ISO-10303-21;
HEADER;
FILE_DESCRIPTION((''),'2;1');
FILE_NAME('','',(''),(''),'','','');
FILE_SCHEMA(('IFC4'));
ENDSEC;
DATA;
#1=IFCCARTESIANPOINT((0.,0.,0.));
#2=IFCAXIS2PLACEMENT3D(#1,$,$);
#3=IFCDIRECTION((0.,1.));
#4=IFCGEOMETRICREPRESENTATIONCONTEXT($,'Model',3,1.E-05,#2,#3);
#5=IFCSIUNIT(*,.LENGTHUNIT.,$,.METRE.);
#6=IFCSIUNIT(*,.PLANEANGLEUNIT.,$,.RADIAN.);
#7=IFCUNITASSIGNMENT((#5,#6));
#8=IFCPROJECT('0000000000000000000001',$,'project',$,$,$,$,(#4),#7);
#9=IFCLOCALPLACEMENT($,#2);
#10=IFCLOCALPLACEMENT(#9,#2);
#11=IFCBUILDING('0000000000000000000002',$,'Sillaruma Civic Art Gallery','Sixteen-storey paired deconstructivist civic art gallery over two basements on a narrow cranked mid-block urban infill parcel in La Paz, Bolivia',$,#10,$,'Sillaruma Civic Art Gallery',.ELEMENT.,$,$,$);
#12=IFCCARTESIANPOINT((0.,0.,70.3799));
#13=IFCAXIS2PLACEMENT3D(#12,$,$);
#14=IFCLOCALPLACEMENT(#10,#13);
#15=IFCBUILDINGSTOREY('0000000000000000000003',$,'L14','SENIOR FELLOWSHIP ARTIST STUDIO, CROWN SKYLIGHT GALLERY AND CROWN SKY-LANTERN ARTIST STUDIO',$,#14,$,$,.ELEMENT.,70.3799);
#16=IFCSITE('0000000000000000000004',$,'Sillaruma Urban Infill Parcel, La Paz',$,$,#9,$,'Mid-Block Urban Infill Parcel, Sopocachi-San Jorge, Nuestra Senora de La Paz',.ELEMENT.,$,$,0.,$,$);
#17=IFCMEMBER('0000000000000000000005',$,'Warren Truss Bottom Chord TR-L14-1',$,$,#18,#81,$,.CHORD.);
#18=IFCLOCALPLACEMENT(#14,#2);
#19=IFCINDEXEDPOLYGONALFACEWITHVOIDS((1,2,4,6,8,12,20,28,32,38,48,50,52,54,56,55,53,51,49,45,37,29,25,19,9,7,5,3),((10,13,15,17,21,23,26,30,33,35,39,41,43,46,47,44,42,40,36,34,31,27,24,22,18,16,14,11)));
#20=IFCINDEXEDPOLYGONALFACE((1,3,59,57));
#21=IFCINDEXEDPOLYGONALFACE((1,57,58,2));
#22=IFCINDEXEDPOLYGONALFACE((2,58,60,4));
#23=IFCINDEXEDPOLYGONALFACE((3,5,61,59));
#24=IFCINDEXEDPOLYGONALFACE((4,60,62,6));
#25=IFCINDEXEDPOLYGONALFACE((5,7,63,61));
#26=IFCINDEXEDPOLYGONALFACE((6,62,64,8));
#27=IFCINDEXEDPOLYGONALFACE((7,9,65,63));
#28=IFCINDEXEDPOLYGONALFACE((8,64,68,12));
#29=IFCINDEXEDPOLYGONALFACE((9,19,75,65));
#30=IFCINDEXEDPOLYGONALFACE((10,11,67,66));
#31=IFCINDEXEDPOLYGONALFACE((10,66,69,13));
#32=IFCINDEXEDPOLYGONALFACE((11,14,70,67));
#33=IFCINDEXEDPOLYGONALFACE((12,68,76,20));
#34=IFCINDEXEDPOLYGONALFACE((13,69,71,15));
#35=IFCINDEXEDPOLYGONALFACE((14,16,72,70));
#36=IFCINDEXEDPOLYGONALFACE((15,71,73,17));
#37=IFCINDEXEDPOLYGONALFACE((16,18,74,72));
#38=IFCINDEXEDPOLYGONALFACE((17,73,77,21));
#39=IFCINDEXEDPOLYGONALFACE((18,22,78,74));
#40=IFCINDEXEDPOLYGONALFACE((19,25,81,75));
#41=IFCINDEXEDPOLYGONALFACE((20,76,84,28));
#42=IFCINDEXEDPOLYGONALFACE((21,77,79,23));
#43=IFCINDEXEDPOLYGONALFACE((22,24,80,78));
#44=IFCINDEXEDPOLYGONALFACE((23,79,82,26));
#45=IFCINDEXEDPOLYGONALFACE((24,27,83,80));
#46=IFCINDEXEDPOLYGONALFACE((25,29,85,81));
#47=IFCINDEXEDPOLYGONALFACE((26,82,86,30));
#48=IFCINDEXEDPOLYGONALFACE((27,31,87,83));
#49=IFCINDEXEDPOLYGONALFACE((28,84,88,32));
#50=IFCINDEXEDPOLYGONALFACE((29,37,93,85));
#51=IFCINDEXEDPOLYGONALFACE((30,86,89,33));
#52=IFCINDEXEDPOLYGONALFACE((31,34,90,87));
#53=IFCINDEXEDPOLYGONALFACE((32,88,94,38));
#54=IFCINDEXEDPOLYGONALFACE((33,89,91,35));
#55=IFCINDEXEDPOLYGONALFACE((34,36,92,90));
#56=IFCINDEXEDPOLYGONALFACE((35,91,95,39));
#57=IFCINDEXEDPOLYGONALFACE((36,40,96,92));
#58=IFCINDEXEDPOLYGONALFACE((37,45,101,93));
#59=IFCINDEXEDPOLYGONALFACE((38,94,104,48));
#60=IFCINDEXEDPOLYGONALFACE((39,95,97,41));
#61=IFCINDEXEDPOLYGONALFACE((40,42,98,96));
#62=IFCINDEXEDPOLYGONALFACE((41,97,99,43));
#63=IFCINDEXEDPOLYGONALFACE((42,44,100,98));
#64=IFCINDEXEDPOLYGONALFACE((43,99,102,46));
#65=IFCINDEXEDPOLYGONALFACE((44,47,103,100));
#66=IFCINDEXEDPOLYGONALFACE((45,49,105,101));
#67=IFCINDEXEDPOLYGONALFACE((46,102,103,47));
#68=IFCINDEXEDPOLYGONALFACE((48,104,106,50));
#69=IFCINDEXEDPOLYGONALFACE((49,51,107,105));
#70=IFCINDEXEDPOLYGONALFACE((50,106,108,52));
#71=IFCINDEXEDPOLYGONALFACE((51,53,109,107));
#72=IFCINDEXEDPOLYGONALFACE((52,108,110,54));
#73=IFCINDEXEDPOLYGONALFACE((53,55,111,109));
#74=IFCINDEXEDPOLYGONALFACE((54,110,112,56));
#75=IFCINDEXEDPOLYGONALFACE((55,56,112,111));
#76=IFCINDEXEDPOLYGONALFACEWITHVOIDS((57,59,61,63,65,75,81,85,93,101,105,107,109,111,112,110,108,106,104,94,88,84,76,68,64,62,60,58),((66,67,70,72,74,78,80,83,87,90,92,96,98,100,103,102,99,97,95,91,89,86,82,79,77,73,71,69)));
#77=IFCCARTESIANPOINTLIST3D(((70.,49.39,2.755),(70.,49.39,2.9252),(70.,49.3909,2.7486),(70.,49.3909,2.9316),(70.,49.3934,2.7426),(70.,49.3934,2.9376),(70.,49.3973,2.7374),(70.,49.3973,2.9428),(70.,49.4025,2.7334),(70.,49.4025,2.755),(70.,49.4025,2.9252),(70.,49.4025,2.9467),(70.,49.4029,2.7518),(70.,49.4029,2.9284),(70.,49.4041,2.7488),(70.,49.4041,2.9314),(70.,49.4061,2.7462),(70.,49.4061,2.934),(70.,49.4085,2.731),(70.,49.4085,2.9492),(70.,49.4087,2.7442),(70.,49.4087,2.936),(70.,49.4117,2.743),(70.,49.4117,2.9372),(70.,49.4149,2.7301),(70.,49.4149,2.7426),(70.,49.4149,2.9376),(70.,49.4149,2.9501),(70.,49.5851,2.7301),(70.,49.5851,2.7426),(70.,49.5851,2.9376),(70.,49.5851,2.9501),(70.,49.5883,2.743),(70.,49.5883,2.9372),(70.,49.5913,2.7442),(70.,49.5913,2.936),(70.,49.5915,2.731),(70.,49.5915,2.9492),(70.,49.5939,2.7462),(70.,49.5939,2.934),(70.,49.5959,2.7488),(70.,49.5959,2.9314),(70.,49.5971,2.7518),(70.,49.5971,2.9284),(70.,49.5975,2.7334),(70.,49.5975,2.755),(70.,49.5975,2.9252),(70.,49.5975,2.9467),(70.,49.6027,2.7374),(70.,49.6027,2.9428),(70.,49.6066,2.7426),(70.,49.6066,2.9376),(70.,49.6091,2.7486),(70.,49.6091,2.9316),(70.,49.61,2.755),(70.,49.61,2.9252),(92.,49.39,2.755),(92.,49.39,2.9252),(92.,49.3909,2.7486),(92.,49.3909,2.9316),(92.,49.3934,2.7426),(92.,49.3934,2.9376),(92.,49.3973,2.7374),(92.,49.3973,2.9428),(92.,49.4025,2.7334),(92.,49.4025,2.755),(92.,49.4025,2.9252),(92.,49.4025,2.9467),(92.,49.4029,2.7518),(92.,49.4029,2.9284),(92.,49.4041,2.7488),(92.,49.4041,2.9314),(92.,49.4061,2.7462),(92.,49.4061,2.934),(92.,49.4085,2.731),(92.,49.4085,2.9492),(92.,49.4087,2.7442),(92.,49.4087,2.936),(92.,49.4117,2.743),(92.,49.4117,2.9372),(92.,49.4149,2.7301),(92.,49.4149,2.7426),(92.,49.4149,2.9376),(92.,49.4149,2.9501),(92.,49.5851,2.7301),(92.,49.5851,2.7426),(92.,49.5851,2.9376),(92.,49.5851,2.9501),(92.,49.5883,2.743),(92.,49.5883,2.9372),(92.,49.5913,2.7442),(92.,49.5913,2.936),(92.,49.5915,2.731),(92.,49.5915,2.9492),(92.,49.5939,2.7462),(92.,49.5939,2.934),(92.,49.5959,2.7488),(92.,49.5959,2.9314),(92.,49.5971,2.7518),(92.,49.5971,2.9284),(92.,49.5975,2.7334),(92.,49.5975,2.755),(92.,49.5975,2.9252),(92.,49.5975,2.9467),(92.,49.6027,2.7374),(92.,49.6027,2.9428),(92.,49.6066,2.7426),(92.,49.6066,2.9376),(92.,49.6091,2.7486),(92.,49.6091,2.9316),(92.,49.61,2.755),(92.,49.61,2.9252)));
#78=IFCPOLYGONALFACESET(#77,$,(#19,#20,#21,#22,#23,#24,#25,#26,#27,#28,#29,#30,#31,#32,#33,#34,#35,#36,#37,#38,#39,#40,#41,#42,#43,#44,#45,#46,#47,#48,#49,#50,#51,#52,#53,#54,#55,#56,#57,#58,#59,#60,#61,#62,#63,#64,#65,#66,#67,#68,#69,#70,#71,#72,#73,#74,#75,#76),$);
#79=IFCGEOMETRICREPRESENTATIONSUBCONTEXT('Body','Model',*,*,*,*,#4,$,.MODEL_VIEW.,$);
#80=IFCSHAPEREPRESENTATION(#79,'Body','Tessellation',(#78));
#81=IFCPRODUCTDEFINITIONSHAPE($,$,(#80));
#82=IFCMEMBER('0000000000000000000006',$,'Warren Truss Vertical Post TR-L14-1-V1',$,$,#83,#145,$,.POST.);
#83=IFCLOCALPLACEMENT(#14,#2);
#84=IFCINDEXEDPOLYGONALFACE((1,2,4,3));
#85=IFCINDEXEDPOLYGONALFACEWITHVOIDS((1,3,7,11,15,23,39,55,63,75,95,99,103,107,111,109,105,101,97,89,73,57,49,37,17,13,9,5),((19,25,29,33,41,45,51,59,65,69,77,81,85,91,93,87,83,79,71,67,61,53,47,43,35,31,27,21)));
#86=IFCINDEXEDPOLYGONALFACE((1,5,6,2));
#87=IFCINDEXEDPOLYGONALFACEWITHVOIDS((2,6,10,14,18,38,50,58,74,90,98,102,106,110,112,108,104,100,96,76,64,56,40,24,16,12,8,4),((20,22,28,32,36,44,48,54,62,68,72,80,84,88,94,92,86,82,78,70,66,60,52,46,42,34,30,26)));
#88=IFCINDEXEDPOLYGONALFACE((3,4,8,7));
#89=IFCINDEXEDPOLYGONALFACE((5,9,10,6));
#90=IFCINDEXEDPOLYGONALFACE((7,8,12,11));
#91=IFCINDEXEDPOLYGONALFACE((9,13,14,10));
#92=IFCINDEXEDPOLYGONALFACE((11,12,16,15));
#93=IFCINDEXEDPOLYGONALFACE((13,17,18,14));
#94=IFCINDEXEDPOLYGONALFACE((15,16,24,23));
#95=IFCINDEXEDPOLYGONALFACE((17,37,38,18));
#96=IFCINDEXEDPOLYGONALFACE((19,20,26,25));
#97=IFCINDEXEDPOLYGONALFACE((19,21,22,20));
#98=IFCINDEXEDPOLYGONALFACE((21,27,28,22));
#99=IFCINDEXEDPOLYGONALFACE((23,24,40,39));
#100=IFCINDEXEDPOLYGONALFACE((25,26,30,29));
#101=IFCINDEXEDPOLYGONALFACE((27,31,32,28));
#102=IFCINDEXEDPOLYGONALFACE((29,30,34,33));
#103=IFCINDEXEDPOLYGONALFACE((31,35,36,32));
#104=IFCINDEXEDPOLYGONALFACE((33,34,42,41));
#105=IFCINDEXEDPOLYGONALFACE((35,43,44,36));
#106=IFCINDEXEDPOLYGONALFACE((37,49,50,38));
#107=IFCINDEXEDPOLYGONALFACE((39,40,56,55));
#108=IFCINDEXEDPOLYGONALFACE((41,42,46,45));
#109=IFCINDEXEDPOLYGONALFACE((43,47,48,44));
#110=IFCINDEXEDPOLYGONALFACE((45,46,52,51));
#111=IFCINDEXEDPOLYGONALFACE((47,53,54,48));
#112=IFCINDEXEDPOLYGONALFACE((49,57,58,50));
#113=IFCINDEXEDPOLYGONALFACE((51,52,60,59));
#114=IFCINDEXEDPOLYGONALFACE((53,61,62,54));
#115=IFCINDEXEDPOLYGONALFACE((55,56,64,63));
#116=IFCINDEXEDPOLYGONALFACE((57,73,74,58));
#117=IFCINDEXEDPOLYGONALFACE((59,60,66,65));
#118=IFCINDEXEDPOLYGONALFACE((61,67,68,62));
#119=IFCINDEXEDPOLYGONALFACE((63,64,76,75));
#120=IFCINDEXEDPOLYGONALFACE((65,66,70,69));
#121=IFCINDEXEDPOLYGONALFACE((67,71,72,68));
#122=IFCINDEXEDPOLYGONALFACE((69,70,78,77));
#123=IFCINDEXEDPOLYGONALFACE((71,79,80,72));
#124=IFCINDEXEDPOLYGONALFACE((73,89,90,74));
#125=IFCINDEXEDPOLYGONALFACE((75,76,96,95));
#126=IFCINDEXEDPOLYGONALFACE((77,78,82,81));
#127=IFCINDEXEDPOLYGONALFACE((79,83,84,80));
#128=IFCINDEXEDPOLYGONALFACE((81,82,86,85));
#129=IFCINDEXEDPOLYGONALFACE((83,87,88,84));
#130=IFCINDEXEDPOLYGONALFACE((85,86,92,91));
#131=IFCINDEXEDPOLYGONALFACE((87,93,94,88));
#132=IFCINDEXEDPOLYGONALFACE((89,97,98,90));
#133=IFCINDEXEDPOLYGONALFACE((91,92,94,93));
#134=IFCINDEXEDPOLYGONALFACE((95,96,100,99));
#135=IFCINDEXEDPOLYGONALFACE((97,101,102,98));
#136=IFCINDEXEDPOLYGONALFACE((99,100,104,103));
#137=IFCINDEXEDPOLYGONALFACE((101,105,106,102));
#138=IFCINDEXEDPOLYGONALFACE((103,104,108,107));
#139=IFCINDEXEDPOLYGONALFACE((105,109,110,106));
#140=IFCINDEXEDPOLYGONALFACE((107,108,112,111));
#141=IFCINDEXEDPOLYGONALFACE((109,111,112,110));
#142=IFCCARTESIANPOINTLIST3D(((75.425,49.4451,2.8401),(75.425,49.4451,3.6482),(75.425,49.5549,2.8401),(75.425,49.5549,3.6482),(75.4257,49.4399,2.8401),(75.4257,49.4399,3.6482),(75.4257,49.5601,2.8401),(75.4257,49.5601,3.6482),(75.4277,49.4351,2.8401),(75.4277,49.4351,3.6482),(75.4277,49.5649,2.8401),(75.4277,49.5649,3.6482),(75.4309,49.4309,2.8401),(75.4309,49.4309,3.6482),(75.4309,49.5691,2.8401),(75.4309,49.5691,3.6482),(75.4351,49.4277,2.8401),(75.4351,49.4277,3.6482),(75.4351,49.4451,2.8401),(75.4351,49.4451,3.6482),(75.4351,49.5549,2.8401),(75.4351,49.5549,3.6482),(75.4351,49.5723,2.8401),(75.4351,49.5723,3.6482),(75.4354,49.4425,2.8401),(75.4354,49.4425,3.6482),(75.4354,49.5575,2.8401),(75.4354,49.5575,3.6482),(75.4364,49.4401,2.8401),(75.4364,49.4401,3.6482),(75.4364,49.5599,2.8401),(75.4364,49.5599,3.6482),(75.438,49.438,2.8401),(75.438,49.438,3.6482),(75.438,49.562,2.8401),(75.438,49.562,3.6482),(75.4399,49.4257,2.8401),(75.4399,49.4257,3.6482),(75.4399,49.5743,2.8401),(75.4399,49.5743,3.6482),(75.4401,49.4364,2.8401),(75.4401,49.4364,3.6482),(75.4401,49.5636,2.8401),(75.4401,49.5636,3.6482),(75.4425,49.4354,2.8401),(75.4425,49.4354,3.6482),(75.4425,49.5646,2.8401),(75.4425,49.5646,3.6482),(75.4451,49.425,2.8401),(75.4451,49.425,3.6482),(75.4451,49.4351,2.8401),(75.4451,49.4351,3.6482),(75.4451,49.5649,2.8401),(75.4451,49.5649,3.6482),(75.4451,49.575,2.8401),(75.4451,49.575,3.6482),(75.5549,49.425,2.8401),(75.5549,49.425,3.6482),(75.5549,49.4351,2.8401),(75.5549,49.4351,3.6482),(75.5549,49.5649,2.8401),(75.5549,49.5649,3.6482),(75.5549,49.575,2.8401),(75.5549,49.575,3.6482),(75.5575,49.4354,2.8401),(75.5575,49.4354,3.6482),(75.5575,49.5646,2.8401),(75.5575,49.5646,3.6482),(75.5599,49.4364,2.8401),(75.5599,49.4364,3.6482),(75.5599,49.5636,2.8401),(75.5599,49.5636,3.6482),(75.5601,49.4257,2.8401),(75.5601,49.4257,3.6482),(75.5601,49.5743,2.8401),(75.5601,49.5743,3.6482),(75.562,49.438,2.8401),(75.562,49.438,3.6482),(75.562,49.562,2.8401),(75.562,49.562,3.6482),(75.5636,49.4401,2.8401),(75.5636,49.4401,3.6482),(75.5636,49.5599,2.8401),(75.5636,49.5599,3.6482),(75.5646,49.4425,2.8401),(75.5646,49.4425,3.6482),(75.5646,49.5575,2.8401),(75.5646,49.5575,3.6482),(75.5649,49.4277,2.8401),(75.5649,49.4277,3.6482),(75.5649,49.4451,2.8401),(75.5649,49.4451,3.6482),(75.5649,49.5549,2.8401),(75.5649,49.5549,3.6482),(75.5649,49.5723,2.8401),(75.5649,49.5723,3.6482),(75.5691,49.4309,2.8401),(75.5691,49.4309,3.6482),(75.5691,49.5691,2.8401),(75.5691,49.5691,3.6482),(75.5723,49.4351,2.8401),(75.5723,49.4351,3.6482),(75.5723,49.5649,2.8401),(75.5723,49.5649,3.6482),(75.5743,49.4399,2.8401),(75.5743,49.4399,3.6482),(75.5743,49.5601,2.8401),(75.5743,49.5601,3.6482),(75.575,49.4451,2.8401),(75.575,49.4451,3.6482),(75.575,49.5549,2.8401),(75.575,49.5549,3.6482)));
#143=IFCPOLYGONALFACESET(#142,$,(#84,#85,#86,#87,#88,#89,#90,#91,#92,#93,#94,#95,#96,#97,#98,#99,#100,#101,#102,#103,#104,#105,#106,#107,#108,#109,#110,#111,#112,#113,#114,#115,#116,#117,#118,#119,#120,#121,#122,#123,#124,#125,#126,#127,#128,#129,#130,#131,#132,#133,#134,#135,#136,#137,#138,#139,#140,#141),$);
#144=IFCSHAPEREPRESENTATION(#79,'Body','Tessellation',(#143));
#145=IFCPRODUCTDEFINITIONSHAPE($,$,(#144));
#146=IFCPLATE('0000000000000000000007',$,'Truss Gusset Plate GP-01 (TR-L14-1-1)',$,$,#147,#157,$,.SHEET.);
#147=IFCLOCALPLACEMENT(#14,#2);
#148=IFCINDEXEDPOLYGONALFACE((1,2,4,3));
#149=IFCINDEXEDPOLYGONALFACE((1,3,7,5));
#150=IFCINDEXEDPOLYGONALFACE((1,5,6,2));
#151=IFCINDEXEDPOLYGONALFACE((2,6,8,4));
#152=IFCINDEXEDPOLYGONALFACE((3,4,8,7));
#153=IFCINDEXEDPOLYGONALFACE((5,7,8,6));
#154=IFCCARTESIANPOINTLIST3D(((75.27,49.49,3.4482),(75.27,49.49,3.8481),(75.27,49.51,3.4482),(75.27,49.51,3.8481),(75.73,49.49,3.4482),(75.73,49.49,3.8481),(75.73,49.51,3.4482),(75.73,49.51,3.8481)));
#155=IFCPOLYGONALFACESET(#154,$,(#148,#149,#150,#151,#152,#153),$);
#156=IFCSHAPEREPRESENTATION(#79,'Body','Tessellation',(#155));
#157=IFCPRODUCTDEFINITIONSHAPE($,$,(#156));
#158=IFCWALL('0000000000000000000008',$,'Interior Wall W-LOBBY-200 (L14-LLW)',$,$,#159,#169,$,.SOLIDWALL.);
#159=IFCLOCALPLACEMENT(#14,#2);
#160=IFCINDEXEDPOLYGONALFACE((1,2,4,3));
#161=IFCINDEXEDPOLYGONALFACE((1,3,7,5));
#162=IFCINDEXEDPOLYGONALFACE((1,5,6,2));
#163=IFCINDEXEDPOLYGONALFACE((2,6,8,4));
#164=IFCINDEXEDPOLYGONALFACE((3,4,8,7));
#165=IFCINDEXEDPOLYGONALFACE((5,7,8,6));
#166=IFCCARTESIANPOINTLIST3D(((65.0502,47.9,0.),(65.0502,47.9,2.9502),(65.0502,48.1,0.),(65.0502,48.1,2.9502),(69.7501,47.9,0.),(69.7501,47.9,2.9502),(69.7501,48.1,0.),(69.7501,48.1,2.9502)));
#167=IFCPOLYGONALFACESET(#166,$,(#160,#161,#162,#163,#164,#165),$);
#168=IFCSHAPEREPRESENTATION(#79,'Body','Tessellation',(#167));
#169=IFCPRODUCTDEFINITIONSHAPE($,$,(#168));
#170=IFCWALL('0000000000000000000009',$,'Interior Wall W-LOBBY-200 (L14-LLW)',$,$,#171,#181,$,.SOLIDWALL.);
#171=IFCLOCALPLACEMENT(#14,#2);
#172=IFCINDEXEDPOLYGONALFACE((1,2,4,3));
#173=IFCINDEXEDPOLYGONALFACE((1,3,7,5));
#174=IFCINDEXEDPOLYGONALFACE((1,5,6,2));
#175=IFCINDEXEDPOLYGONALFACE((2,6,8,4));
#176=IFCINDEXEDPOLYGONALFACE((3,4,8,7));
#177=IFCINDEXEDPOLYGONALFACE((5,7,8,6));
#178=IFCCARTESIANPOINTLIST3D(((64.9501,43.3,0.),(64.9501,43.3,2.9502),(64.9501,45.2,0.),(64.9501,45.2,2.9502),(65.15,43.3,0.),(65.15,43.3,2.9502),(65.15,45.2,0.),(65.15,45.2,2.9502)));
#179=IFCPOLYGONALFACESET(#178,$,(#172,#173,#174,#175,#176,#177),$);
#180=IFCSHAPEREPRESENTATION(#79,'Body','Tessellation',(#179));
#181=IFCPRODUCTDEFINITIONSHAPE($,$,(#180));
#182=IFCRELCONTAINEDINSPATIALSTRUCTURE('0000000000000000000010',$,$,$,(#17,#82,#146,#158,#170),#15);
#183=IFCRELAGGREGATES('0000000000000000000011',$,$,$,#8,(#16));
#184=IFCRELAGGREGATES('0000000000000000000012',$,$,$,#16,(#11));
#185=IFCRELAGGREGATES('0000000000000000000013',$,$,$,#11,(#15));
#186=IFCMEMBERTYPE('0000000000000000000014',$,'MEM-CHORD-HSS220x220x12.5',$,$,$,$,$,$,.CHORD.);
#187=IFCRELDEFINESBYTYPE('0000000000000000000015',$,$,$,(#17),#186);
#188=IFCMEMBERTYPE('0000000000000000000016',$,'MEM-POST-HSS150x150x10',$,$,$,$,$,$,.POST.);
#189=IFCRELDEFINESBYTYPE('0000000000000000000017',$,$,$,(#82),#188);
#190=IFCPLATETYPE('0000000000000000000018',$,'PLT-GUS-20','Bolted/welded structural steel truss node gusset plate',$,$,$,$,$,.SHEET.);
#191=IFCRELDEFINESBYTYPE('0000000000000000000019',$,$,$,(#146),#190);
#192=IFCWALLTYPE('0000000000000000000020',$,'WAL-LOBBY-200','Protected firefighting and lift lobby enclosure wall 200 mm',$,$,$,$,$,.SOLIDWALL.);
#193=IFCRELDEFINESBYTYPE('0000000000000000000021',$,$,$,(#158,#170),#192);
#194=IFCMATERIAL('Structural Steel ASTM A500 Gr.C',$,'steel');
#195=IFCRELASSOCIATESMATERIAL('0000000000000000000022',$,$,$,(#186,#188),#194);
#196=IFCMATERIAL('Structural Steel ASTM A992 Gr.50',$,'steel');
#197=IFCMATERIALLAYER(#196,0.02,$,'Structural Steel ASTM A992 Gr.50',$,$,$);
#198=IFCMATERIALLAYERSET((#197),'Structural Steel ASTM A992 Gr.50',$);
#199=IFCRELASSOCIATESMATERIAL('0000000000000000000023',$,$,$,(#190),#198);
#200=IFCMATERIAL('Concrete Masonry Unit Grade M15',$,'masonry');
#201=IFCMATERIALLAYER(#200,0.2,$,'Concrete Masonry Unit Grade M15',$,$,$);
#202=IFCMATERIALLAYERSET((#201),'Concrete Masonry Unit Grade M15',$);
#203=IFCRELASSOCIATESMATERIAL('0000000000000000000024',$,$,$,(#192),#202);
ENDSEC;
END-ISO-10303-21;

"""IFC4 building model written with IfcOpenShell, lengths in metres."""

from ifc_helpers import new_model, si_unit, direction, frame, frame_2d, origin, origin_2d, place, context, subcontext, project, spatial, rectangle, hollow_rectangle, extrude, material, layer, layer_set, material_profile, profile_set, type_object, element, save


model = new_model("IFC4")

# Units and contexts
model_context = context("Model", 3, precision=1e-05, world=origin(), true_north=direction((0.0, 1.0)))
body_context = subcontext(model_context, "Body", "Model", "MODEL_VIEW")
ifc_project = project(units=[si_unit("LENGTHUNIT", "METRE"), si_unit("PLANEANGLEUNIT", "RADIAN")], contexts=[model_context])

# Site, building, storey
site_placement = place(None, origin())
site = spatial("IfcSite", under=ifc_project, at=site_placement, Name="Sillaruma Urban Infill Parcel, La Paz", LongName="Mid-Block Urban Infill Parcel, Sopocachi-San Jorge, Nuestra Senora de La Paz", CompositionType="ELEMENT", RefElevation=0.0)
building_placement = place(site_placement, origin())
building = spatial("IfcBuilding", under=site, at=building_placement, Name="Sillaruma Civic Art Gallery", Description="Sixteen-storey paired deconstructivist civic art gallery over two basements on a narrow cranked mid-block urban infill parcel in La Paz, Bolivia", LongName="Sillaruma Civic Art Gallery", CompositionType="ELEMENT")
storey_placement = place(building_placement, frame((0.0, 0.0, 70.3799)))
storey = spatial("IfcBuildingStorey", under=building, at=storey_placement, Name="L14", Description="SENIOR FELLOWSHIP ARTIST STUDIO, CROWN SKYLIGHT GALLERY AND CROWN SKY-LANTERN ARTIST STUDIO", CompositionType="ELEMENT", Elevation=70.3799)

# Shared definitions
ifc_material_1 = material(Name="Structural Steel ASTM A992 Gr.50", Category="steel")

# Members
ifc_material_2 = material(Name="Structural Steel ASTM A500 Gr.C", Category="steel")
ifc_material_profile_1 = material_profile(ifc_material_2, hollow_rectangle(XDim=0.22, YDim=0.22, WallThickness=0.0125, InnerFilletRadius=0.0125, OuterFilletRadius=0.0249, at=origin_2d()), Name="HSS220x220x12.5")
ifc_profile_set_1 = profile_set([ifc_material_profile_1], Name="Structural Steel ASTM A500 Gr.C")
member_type_1 = type_object("IfcMemberType", Name="MEM-CHORD-HSS220x220x12.5", PredefinedType="CHORD", material=ifc_profile_set_1)
member_1_placement = place(storey_placement, frame((70.0, 49.5, 2.8401), z_axis=(1.0, 0.0, 0.0), x_axis=(0.0, 1.0, 0.0)))
element("IfcMember", 1, at=member_1_placement, inside=storey, type_object=member_type_1, Name="Warren Truss Bottom Chord TR-L14-1", PredefinedType="CHORD", context=body_context, shape_type="SweptSolid", body=[
    extrude(hollow_rectangle(XDim=0.22, YDim=0.22, WallThickness=0.0125, InnerFilletRadius=0.0125, OuterFilletRadius=0.0249, at=origin_2d()), origin(), (0.0, 0.0, 1.0), 22.0),
])
ifc_material_profile_2 = material_profile(ifc_material_2, hollow_rectangle(XDim=0.1499, YDim=0.1499, WallThickness=0.01, InnerFilletRadius=0.01, OuterFilletRadius=0.02, at=origin_2d()), Name="HSS150x150x10")
ifc_profile_set_2 = profile_set([ifc_material_profile_2], Name="Structural Steel ASTM A500 Gr.C")
member_type_2 = type_object("IfcMemberType", Name="MEM-POST-HSS150x150x10", PredefinedType="POST", material=ifc_profile_set_2)
member_2_placement = place(storey_placement, frame((75.5, 49.5, 2.8401), z_axis=(0.0, 0.0, 1.0), x_axis=(1.0, 0.0, 0.0)))
element("IfcMember", 2, at=member_2_placement, inside=storey, type_object=member_type_2, Name="Warren Truss Vertical Post TR-L14-1-V1", PredefinedType="POST", context=body_context, shape_type="SweptSolid", body=[
    extrude(hollow_rectangle(XDim=0.1499, YDim=0.1499, WallThickness=0.01, InnerFilletRadius=0.01, OuterFilletRadius=0.02, at=origin_2d()), origin(), (0.0, 0.0, 1.0), 0.8081),
])

# Plate
ifc_layer_1 = layer(ifc_material_1, 0.02, Name="Structural Steel ASTM A992 Gr.50")
ifc_layer_set_1 = layer_set([ifc_layer_1], Name="Structural Steel ASTM A992 Gr.50")
plate_type = type_object("IfcPlateType", Name="PLT-GUS-20", Description="Bolted/welded structural steel truss node gusset plate", PredefinedType="SHEET", material=ifc_layer_set_1)
plate_placement = place(storey_placement, frame((75.5, 49.5, 3.4482), z_axis=(0.0, 0.0, 1.0), x_axis=(1.0, 0.0, 0.0)))
element("IfcPlate", 3, at=plate_placement, inside=storey, type_object=plate_type, Name="Truss Gusset Plate GP-01 (TR-L14-1-1)", PredefinedType="SHEET", context=body_context, shape_type="SweptSolid", body=[
    extrude(rectangle(XDim=0.46, YDim=0.02, at=origin_2d()), origin(), (0.0, 0.0, 1.0), 0.3999),
])

# Walls
ifc_material_3 = material(Name="Concrete Masonry Unit Grade M15", Category="masonry")
ifc_layer_2 = layer(ifc_material_3, 0.2, Name="Concrete Masonry Unit Grade M15")
ifc_layer_set_2 = layer_set([ifc_layer_2], Name="Concrete Masonry Unit Grade M15")
wall_type_1 = type_object("IfcWallType", Name="WAL-LOBBY-200", Description="Protected firefighting and lift lobby enclosure wall 200 mm", PredefinedType="SOLIDWALL", material=ifc_layer_set_2)
wall_1_placement = place(storey_placement, frame((65.05, 48.0, 0.0), z_axis=(0.0, 0.0, 1.0), x_axis=(1.0, 0.0, 0.0)))
element("IfcWall", 4, at=wall_1_placement, inside=storey, type_object=wall_type_1, Name="Interior Wall W-LOBBY-200 (L14-LLW)", PredefinedType="SOLIDWALL", context=body_context, shape_type="SweptSolid", body=[
    extrude(rectangle(XDim=4.7, YDim=0.2, at=frame_2d((2.3501, 0.0))), origin(), (0.0, 0.0, 1.0), 2.9502),
])
wall_2_placement = place(storey_placement, frame((65.05, 43.3, 0.0), z_axis=(0.0, 0.0, 1.0), x_axis=(0.0, 1.0, 0.0)))
element("IfcWall", 5, at=wall_2_placement, inside=storey, type_object=wall_type_1, Name="Interior Wall W-LOBBY-200 (L14-LLW)", PredefinedType="SOLIDWALL", context=body_context, shape_type="SweptSolid", body=[
    extrude(rectangle(XDim=1.8999, YDim=0.2, at=frame_2d((0.95, 0.0))), origin(), (0.0, 0.0, 1.0), 2.9502),
])

save(model, "model.ifc")
